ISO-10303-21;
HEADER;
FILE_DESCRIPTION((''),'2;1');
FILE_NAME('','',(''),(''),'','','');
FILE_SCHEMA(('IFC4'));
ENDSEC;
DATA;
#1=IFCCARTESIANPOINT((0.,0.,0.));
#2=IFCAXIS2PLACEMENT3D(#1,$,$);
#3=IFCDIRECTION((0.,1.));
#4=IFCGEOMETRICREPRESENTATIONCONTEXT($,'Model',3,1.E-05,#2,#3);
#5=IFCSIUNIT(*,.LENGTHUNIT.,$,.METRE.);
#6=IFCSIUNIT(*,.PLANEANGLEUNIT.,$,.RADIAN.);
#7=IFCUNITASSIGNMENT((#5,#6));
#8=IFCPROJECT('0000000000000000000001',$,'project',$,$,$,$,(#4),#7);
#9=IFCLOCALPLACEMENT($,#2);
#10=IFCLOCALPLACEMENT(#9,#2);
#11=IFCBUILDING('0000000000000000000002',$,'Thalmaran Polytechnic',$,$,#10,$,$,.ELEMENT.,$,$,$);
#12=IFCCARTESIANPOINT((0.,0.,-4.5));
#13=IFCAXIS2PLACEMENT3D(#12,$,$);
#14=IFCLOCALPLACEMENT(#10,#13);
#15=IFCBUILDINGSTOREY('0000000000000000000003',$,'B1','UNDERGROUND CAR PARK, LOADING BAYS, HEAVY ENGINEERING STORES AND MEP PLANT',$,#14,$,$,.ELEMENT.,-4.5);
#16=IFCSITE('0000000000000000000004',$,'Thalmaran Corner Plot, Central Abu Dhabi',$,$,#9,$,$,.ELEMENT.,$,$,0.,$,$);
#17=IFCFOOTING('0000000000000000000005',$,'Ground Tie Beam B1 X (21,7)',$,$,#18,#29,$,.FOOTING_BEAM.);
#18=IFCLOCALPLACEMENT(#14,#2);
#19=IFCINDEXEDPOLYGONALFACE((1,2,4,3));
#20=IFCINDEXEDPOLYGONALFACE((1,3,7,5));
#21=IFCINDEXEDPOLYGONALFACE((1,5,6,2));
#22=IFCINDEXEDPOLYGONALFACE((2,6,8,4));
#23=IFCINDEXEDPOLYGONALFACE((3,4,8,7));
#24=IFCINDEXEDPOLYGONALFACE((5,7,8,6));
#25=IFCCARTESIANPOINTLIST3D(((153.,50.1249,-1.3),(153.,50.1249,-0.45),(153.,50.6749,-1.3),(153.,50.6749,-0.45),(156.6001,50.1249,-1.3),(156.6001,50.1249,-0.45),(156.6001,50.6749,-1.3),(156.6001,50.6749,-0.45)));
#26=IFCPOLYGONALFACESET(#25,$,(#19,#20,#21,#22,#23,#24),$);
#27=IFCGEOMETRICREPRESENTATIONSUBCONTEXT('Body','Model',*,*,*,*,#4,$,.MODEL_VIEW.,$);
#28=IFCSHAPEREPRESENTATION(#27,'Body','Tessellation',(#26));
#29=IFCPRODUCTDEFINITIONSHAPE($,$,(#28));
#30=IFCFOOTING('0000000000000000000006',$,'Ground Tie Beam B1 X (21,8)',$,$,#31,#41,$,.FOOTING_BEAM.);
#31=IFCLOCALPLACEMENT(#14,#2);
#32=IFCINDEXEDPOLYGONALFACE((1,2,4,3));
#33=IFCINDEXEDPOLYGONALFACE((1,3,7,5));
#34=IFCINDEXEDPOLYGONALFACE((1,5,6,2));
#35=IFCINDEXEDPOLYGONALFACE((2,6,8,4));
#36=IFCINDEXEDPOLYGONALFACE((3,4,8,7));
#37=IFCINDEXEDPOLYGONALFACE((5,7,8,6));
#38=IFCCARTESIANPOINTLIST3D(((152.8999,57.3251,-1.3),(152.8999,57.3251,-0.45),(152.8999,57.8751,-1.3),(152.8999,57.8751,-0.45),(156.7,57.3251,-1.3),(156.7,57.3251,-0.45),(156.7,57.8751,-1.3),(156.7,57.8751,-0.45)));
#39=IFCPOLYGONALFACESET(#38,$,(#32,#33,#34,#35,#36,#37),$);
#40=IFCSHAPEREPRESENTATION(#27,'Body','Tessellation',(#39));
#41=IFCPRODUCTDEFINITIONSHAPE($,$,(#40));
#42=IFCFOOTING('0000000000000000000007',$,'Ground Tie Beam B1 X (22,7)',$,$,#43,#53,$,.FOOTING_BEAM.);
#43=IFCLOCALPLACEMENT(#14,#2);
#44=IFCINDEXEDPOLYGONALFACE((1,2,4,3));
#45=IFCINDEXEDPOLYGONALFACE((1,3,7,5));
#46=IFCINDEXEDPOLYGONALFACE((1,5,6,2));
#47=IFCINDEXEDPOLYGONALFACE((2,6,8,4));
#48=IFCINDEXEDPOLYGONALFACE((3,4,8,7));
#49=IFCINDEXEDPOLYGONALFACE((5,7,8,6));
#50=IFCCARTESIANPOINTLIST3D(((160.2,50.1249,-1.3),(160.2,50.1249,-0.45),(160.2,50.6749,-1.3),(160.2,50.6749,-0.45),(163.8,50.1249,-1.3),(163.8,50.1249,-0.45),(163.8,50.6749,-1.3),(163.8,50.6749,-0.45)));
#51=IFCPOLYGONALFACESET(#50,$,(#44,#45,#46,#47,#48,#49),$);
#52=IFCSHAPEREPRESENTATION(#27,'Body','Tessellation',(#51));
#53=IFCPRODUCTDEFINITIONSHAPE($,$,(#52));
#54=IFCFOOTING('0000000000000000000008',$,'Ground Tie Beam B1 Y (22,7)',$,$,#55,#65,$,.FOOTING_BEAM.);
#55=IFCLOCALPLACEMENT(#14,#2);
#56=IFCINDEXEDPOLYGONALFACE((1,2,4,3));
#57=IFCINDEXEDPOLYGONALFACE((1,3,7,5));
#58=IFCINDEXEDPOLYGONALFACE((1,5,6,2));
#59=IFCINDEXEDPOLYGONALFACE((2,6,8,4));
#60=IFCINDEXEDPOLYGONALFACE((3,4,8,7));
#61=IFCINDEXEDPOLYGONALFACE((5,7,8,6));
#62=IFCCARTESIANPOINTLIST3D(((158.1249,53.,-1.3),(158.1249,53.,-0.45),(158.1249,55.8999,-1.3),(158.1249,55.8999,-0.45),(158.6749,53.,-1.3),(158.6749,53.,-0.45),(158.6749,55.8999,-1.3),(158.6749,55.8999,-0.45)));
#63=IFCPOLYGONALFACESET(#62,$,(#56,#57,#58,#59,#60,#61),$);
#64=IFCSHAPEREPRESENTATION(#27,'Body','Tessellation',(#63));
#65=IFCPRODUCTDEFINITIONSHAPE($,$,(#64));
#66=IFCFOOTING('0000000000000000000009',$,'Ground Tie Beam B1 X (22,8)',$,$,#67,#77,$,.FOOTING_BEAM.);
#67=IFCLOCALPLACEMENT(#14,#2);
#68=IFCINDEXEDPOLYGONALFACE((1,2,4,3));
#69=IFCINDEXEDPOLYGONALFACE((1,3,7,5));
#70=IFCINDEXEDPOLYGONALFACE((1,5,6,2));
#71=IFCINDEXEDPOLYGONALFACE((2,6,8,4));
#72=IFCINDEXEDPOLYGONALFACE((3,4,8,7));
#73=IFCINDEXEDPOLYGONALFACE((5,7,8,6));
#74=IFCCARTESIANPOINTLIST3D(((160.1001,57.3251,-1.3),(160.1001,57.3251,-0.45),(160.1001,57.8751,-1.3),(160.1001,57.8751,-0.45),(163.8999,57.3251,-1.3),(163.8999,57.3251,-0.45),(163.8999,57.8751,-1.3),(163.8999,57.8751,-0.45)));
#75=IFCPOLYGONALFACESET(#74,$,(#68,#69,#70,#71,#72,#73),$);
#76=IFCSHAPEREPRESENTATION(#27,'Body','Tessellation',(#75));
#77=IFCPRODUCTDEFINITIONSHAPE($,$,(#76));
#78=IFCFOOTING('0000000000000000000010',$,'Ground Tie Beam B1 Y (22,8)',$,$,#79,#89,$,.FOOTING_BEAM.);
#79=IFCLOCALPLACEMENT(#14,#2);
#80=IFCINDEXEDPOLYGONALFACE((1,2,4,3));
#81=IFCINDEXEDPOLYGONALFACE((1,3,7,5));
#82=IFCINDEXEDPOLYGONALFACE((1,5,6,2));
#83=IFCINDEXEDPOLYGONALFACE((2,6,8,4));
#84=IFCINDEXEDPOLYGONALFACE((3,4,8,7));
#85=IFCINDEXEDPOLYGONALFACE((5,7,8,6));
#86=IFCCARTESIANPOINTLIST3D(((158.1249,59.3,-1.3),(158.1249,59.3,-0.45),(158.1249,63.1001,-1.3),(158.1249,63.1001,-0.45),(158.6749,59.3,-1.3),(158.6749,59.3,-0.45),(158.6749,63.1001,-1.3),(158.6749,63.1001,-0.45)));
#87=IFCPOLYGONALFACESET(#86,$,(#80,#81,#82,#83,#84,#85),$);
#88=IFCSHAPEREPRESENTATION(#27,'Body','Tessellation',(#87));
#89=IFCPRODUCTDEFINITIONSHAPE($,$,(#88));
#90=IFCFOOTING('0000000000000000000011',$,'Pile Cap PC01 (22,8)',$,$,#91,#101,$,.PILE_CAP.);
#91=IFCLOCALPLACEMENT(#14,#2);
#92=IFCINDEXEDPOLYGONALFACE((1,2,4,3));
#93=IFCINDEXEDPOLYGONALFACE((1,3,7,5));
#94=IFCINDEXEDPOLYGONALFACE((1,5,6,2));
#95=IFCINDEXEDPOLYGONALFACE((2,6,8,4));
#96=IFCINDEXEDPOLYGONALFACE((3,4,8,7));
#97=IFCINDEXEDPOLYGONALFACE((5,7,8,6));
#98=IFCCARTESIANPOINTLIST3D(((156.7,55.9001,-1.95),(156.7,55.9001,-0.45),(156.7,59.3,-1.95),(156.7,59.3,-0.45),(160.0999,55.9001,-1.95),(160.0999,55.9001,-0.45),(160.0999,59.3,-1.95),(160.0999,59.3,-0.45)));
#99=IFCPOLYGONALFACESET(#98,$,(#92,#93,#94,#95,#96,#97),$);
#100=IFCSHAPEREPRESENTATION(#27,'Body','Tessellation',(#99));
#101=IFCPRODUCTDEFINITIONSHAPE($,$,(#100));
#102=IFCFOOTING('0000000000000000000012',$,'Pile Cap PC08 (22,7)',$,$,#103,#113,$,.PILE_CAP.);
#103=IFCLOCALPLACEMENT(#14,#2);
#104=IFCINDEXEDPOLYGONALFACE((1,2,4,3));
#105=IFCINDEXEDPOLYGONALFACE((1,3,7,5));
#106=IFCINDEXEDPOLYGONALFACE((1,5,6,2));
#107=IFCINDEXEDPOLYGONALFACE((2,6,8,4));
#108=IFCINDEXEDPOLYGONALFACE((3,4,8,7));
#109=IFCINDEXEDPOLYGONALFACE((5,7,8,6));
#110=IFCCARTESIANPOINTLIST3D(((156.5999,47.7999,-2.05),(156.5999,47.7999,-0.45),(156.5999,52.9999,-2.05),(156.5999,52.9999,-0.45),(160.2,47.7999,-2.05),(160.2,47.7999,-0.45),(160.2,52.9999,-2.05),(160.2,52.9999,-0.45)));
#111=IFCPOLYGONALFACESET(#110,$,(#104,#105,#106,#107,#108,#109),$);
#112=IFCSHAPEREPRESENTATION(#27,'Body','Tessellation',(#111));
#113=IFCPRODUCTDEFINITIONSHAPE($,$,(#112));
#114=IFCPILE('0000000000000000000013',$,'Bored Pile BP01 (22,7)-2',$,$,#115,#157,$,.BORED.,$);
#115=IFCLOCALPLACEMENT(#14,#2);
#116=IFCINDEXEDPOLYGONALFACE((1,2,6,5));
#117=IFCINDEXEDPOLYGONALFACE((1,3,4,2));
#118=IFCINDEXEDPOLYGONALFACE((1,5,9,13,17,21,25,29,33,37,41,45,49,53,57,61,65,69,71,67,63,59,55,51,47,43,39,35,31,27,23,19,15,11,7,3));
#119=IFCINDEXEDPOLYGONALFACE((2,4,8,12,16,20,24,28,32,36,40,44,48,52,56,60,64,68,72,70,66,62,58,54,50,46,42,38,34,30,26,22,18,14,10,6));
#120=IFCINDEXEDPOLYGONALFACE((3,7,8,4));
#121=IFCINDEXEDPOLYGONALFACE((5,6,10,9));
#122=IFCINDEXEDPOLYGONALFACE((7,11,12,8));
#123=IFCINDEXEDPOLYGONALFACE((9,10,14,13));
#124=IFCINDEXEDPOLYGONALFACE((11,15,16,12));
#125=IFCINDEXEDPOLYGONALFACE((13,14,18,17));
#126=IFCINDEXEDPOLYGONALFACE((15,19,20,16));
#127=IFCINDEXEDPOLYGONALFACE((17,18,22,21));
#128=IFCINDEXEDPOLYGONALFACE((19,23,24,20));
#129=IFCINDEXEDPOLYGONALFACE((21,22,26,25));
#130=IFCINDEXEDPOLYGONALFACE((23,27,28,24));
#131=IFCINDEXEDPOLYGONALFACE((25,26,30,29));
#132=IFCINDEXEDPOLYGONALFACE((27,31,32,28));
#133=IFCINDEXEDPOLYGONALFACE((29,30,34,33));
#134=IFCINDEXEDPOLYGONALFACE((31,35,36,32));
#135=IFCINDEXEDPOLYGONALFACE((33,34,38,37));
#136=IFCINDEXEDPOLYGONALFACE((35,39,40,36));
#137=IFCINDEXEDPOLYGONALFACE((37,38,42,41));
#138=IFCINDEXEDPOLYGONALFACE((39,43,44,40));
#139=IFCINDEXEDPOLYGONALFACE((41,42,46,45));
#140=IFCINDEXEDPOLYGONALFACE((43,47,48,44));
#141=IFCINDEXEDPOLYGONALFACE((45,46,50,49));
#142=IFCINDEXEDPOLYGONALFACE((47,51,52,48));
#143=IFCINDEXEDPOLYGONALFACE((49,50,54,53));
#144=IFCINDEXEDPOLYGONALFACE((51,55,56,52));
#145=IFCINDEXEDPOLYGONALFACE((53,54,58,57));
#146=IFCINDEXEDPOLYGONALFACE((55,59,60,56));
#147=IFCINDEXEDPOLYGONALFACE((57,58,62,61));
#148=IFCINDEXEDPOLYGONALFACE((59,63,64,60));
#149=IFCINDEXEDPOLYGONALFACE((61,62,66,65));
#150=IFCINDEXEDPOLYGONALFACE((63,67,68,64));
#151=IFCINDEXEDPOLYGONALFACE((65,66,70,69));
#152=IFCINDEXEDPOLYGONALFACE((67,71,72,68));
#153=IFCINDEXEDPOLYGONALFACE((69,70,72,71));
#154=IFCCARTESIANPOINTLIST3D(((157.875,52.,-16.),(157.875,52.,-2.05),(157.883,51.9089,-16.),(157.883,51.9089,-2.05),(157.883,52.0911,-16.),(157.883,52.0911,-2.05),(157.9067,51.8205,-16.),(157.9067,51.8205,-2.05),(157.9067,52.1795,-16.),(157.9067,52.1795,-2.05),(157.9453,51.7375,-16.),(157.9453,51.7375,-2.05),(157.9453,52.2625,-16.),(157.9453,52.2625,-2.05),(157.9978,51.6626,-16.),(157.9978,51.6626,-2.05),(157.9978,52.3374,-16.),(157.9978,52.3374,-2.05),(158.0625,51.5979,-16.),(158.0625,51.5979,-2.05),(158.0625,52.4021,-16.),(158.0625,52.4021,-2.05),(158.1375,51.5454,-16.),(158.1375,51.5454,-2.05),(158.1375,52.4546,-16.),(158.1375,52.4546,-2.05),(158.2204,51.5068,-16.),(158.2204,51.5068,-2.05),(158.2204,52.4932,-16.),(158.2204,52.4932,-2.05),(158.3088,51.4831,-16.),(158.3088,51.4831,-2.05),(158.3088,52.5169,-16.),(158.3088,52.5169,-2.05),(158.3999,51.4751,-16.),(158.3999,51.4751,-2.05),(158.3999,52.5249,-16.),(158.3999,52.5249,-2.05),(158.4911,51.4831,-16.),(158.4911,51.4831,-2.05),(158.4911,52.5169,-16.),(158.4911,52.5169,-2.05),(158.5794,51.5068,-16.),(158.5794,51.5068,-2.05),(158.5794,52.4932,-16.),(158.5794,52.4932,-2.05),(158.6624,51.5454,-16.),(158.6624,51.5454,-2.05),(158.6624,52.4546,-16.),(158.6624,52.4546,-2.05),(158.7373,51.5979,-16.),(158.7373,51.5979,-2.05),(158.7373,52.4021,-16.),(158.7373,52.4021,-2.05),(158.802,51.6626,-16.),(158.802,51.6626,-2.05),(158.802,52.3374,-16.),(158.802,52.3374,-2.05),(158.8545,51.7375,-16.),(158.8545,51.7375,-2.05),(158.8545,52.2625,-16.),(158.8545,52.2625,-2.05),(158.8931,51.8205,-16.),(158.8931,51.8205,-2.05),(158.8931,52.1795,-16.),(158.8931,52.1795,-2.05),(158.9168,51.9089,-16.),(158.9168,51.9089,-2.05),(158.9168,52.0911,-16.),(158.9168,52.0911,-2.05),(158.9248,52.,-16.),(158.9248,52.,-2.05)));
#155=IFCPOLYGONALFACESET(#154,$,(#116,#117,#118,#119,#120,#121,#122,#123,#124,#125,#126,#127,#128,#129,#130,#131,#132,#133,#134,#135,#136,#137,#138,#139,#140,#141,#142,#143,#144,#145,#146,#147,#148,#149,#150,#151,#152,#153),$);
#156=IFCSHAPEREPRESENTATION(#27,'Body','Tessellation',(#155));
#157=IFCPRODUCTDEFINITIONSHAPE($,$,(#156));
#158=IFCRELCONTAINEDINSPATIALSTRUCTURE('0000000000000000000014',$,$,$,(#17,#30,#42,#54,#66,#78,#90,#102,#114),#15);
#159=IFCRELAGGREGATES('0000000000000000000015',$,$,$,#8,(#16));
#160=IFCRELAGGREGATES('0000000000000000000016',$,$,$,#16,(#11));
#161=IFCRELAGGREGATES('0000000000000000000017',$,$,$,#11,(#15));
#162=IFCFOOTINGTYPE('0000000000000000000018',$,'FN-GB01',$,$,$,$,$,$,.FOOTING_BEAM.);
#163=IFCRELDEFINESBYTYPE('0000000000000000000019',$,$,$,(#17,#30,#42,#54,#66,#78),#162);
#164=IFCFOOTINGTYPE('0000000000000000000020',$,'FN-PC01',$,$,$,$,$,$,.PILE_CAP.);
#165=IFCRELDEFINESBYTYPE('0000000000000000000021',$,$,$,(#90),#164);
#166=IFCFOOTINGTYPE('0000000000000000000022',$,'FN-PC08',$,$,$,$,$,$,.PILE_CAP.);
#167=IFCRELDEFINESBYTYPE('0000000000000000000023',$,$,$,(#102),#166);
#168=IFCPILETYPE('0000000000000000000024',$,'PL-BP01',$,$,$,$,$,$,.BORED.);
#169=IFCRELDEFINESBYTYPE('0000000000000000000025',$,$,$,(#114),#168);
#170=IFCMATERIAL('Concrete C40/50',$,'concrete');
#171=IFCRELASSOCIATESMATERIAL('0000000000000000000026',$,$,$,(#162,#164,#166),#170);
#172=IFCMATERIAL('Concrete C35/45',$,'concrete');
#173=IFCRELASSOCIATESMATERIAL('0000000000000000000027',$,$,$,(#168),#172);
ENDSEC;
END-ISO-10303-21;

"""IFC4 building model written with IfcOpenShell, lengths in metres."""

from ifc_helpers import new_model, si_unit, direction, frame, origin, origin_2d, place, context, subcontext, project, spatial, rectangle, circle, extrude, material, material_profile, profile_set, type_object, element, save


model = new_model("IFC4")

# Units and contexts
model_context = context("Model", 3, precision=1e-05, world=origin(), true_north=direction((0.0, 1.0)))
body_context = subcontext(model_context, "Body", "Model", "MODEL_VIEW")
ifc_project = project(units=[si_unit("LENGTHUNIT", "METRE"), si_unit("PLANEANGLEUNIT", "RADIAN")], contexts=[model_context])

# Site, building, storey
site_placement = place(None, origin())
site = spatial("IfcSite", under=ifc_project, at=site_placement, Name="Thalmaran Corner Plot, Central Abu Dhabi", CompositionType="ELEMENT", RefElevation=0.0)
building_placement = place(site_placement, origin())
building = spatial("IfcBuilding", under=site, at=building_placement, Name="Thalmaran Polytechnic", CompositionType="ELEMENT")
storey_placement = place(building_placement, frame((0.0, 0.0, -4.5)))
storey = spatial("IfcBuildingStorey", under=building, at=storey_placement, Name="B1", Description="UNDERGROUND CAR PARK, LOADING BAYS, HEAVY ENGINEERING STORES AND MEP PLANT", CompositionType="ELEMENT", Elevation=-4.5)

# Footings
ifc_material_1 = material(Name="Concrete C40/50", Category="concrete")
ifc_material_profile_1 = material_profile(ifc_material_1, rectangle(XDim=0.55, YDim=0.8501, at=origin_2d()), Name="RC 550x850")
ifc_profile_set_1 = profile_set([ifc_material_profile_1], Name="Concrete C40/50")
footing_type_1 = type_object("IfcFootingType", Name="FN-GB01", PredefinedType="FOOTING_BEAM", material=ifc_profile_set_1)
footing_1_placement = place(storey_placement, frame((153.0, 50.3999, -0.875), z_axis=(1.0, 0.0, 0.0), x_axis=(0.0, 1.0, 0.0)))
element("IfcFooting", 1, at=footing_1_placement, inside=storey, type_object=footing_type_1, Name="Ground Tie Beam B1 X (21,7)", PredefinedType="FOOTING_BEAM", context=body_context, shape_type="SweptSolid", body=[
    extrude(rectangle(XDim=0.55, YDim=0.8501, at=origin_2d()), origin(), (0.0, 0.0, 1.0), 3.6001),
])
footing_2_placement = place(storey_placement, frame((152.8999, 57.6001, -0.875), z_axis=(1.0, 0.0, 0.0), x_axis=(0.0, 1.0, 0.0)))
element("IfcFooting", 2, at=footing_2_placement, inside=storey, type_object=footing_type_1, Name="Ground Tie Beam B1 X (21,8)", PredefinedType="FOOTING_BEAM", context=body_context, shape_type="SweptSolid", body=[
    extrude(rectangle(XDim=0.55, YDim=0.8501, at=origin_2d()), origin(), (0.0, 0.0, 1.0), 3.8),
])
footing_3_placement = place(storey_placement, frame((160.2, 50.3999, -0.875), z_axis=(1.0, 0.0, 0.0), x_axis=(0.0, 1.0, 0.0)))
element("IfcFooting", 3, at=footing_3_placement, inside=storey, type_object=footing_type_1, Name="Ground Tie Beam B1 X (22,7)", PredefinedType="FOOTING_BEAM", context=body_context, shape_type="SweptSolid", body=[
    extrude(rectangle(XDim=0.55, YDim=0.8501, at=origin_2d()), origin(), (0.0, 0.0, 1.0), 3.6001),
])
footing_4_placement = place(storey_placement, frame((158.3999, 53.0, -0.875), z_axis=(0.0, 1.0, 0.0), x_axis=(-1.0, 0.0, 0.0)))
element("IfcFooting", 4, at=footing_4_placement, inside=storey, type_object=footing_type_1, Name="Ground Tie Beam B1 Y (22,7)", PredefinedType="FOOTING_BEAM", context=body_context, shape_type="SweptSolid", body=[
    extrude(rectangle(XDim=0.55, YDim=0.8501, at=origin_2d()), origin(), (0.0, 0.0, 1.0), 2.8999),
])
footing_5_placement = place(storey_placement, frame((160.1001, 57.6001, -0.875), z_axis=(1.0, 0.0, 0.0), x_axis=(0.0, 1.0, 0.0)))
element("IfcFooting", 5, at=footing_5_placement, inside=storey, type_object=footing_type_1, Name="Ground Tie Beam B1 X (22,8)", PredefinedType="FOOTING_BEAM", context=body_context, shape_type="SweptSolid", body=[
    extrude(rectangle(XDim=0.55, YDim=0.8501, at=origin_2d()), origin(), (0.0, 0.0, 1.0), 3.7998),
])
footing_6_placement = place(storey_placement, frame((158.3999, 59.3, -0.875), z_axis=(0.0, 1.0, 0.0), x_axis=(-1.0, 0.0, 0.0)))
element("IfcFooting", 6, at=footing_6_placement, inside=storey, type_object=footing_type_1, Name="Ground Tie Beam B1 Y (22,8)", PredefinedType="FOOTING_BEAM", context=body_context, shape_type="SweptSolid", body=[
    extrude(rectangle(XDim=0.55, YDim=0.8501, at=origin_2d()), origin(), (0.0, 0.0, 1.0), 3.8),
])
footing_type_2 = type_object("IfcFootingType", Name="FN-PC01", PredefinedType="PILE_CAP", material=ifc_material_1)
footing_7_placement = place(storey_placement, frame((158.3999, 57.6001, -1.95), z_axis=(0.0, 0.0, 1.0), x_axis=(1.0, 0.0, 0.0)))
element("IfcFooting", 7, at=footing_7_placement, inside=storey, type_object=footing_type_2, Name="Pile Cap PC01 (22,8)", PredefinedType="PILE_CAP", context=body_context, shape_type="SweptSolid", body=[
    extrude(rectangle(XDim=3.3999, YDim=3.3999, at=origin_2d()), origin(), (0.0, 0.0, 1.0), 1.5),
])
footing_type_3 = type_object("IfcFootingType", Name="FN-PC08", PredefinedType="PILE_CAP", material=ifc_material_1)
footing_8_placement = place(storey_placement, frame((158.3999, 50.3999, -2.05), z_axis=(0.0, 0.0, 1.0), x_axis=(1.0, 0.0, 0.0)))
element("IfcFooting", 8, at=footing_8_placement, inside=storey, type_object=footing_type_3, Name="Pile Cap PC08 (22,7)", PredefinedType="PILE_CAP", context=body_context, shape_type="SweptSolid", body=[
    extrude(rectangle(XDim=3.6001, YDim=5.2, at=origin_2d()), origin(), (0.0, 0.0, 1.0), 1.6001),
])

# Pile
ifc_material_2 = material(Name="Concrete C35/45", Category="concrete")
ifc_material_profile_2 = material_profile(ifc_material_2, circle(Radius=0.5249, at=origin_2d()), Name="RC 1050 DIA")
ifc_profile_set_2 = profile_set([ifc_material_profile_2], Name="Concrete C35/45")
pile_type_1 = type_object("IfcPileType", Name="PL-BP01", PredefinedType="BORED", material=ifc_profile_set_2)
pile_placement = place(storey_placement, frame((158.3999, 52.0, -2.05), z_axis=(0.0, 0.0, -1.0), x_axis=(1.0, 0.0, 0.0)))
element("IfcPile", 9, at=pile_placement, inside=storey, type_object=pile_type_1, Name="Bored Pile BP01 (22,7)-2", PredefinedType="BORED", context=body_context, shape_type="SweptSolid", body=[
    extrude(circle(Radius=0.5249, at=origin_2d()), origin(), (0.0, 0.0, 1.0), 13.95),
])

save(model, "model.ifc")
